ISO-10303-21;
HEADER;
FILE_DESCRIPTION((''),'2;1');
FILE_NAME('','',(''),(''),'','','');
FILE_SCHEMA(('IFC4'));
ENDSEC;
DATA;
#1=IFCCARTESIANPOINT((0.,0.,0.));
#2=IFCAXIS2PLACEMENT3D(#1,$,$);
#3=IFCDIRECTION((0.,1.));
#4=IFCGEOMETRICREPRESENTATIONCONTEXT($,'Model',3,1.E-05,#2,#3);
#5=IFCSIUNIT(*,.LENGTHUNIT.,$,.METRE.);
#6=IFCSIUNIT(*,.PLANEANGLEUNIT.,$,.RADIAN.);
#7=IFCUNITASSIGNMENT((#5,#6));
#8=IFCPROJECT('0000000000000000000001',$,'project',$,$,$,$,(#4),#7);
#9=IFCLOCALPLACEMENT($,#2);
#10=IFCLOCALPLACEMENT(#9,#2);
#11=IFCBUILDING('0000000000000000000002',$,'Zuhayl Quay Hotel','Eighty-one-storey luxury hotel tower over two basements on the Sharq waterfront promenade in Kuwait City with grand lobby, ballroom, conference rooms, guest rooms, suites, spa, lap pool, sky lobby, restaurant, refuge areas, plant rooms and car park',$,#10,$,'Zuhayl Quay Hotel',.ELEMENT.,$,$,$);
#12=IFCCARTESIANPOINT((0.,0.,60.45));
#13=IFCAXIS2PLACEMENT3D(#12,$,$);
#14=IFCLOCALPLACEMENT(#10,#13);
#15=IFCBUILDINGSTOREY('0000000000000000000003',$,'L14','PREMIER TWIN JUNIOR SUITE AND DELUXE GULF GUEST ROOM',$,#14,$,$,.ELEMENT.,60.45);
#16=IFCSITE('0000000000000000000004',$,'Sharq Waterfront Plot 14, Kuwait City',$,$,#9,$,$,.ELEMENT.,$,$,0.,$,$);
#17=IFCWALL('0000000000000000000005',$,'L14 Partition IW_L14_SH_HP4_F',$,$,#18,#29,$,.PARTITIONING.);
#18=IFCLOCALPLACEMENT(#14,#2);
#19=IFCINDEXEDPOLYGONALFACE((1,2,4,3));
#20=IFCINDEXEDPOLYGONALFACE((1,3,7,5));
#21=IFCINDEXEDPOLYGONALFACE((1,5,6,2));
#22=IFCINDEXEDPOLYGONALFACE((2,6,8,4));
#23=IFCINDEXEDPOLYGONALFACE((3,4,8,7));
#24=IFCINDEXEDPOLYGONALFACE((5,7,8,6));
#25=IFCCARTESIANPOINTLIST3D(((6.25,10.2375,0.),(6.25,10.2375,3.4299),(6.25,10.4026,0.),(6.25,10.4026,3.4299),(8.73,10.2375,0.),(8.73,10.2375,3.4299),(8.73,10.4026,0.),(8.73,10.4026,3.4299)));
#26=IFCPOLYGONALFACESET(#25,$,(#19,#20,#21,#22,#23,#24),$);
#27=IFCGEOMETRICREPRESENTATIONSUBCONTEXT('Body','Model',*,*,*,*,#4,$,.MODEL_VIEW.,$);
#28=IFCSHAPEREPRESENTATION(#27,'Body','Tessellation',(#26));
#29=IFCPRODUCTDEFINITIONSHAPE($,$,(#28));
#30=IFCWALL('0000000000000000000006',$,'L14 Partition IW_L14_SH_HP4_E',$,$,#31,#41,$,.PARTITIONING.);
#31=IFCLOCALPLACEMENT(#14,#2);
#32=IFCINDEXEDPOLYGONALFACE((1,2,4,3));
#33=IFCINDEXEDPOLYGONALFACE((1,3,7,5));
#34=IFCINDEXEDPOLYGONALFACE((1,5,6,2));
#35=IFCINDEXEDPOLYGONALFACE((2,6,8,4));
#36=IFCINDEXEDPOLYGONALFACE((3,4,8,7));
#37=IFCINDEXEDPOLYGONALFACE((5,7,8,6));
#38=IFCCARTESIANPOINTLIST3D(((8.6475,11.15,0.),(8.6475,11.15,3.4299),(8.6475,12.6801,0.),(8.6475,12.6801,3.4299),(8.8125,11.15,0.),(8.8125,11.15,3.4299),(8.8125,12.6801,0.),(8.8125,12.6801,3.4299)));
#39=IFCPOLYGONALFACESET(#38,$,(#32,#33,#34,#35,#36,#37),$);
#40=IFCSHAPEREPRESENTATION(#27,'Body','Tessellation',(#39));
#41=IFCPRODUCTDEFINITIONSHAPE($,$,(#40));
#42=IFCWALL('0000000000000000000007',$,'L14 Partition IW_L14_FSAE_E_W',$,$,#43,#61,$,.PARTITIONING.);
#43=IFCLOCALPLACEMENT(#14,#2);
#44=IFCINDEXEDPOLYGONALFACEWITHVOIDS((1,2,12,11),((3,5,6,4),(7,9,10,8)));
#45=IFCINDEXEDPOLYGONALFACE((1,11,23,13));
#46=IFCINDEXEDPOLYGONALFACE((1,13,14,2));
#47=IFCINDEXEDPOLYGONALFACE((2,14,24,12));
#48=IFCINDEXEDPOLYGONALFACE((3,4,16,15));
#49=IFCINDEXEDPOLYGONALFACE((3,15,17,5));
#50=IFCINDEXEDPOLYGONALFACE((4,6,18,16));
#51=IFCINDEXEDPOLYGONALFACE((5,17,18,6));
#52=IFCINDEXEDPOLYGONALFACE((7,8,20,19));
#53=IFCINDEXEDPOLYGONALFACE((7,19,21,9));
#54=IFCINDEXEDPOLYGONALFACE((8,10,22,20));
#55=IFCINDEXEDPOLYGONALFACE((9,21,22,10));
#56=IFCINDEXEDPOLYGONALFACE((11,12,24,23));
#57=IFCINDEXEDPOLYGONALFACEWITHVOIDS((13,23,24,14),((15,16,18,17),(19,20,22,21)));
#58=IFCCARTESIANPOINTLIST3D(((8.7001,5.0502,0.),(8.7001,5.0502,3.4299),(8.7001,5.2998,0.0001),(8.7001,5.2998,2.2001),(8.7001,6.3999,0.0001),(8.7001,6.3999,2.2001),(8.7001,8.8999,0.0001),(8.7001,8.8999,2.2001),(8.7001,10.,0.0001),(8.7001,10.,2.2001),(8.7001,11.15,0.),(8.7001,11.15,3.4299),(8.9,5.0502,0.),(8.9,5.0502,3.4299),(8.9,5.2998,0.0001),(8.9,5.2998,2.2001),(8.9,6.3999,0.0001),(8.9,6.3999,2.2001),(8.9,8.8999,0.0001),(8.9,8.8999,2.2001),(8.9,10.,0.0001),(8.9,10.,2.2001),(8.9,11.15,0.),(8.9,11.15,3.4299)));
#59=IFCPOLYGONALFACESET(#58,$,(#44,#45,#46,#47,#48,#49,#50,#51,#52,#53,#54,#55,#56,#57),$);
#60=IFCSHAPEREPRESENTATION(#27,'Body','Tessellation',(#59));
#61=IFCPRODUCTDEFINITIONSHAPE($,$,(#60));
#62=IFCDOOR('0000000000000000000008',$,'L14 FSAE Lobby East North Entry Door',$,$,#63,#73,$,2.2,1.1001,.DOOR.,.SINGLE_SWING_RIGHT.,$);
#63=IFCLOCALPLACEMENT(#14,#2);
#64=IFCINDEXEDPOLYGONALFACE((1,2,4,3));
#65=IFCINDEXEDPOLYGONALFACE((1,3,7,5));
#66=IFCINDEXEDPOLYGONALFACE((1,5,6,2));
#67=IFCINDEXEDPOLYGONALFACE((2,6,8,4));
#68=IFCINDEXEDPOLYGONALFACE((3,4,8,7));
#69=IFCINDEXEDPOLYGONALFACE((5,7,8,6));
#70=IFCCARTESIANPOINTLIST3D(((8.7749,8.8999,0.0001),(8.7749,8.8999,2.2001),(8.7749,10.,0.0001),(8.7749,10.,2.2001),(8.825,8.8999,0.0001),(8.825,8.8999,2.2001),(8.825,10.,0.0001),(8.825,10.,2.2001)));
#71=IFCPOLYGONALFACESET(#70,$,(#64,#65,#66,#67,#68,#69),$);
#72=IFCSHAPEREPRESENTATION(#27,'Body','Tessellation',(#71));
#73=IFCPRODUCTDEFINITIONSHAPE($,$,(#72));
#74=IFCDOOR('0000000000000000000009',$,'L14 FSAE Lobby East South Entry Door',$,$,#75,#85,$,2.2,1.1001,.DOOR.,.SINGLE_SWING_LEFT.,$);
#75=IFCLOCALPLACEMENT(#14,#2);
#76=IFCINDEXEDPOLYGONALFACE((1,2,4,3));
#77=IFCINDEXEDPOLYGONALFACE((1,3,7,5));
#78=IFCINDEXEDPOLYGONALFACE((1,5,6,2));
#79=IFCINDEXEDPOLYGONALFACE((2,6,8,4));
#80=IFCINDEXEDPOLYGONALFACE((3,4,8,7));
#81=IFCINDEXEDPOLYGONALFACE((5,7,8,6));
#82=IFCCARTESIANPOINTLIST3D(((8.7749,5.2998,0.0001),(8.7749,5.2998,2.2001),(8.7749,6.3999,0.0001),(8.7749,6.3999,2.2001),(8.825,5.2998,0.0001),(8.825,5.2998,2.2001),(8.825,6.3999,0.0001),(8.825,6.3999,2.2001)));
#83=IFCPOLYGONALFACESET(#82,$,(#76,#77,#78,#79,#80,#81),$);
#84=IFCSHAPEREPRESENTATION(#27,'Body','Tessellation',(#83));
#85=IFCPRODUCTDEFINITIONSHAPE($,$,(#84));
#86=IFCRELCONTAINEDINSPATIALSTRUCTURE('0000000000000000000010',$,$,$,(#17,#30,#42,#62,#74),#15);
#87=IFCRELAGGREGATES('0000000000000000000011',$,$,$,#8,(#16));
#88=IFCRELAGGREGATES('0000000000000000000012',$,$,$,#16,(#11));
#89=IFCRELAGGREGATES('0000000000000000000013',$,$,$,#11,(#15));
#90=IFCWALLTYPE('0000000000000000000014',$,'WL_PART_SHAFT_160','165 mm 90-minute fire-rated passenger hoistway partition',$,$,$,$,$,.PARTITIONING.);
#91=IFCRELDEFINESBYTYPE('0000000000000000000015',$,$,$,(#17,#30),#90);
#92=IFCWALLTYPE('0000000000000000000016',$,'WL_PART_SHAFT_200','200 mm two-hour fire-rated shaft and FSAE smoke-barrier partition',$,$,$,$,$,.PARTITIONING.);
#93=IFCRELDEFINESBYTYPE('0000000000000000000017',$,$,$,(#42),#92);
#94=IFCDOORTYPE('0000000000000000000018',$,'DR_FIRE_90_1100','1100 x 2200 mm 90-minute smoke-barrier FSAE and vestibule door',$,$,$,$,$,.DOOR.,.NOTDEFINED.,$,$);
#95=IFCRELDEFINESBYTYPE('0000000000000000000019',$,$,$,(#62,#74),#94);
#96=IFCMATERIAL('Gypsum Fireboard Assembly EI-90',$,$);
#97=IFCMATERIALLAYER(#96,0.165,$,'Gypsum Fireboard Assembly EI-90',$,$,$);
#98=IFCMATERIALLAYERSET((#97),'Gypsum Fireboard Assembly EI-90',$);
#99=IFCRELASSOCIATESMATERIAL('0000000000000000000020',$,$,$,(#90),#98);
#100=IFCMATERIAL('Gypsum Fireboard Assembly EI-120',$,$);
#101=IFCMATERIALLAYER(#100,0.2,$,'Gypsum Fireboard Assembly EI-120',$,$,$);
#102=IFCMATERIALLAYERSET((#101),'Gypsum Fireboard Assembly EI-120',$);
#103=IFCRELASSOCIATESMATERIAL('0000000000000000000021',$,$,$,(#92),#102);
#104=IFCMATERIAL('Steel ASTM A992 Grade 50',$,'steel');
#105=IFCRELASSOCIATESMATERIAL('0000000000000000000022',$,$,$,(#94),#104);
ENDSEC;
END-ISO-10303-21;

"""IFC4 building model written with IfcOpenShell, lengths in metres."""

from ifc_helpers import new_model, si_unit, direction, frame, frame_2d, origin, place, context, subcontext, project, spatial, rectangle, extrude, material, layer, layer_set, type_object, element, fill, save


model = new_model("IFC4")

# Units and contexts
model_context = context("Model", 3, precision=1e-05, world=origin(), true_north=direction((0.0, 1.0)))
body_context = subcontext(model_context, "Body", "Model", "MODEL_VIEW")
ifc_project = project(units=[si_unit("LENGTHUNIT", "METRE"), si_unit("PLANEANGLEUNIT", "RADIAN")], contexts=[model_context])

# Site, building, storey
site_placement = place(None, origin())
site = spatial("IfcSite", under=ifc_project, at=site_placement, Name="Sharq Waterfront Plot 14, Kuwait City", CompositionType="ELEMENT", RefElevation=0.0)
building_placement = place(site_placement, origin())
building = spatial("IfcBuilding", under=site, at=building_placement, Name="Zuhayl Quay Hotel", Description="Eighty-one-storey luxury hotel tower over two basements on the Sharq waterfront promenade in Kuwait City with grand lobby, ballroom, conference rooms, guest rooms, suites, spa, lap pool, sky lobby, restaurant, refuge areas, plant rooms and car park", LongName="Zuhayl Quay Hotel", CompositionType="ELEMENT")
storey_placement = place(building_placement, frame((0.0, 0.0, 60.45)))
storey = spatial("IfcBuildingStorey", under=building, at=storey_placement, Name="L14", Description="PREMIER TWIN JUNIOR SUITE AND DELUXE GULF GUEST ROOM", CompositionType="ELEMENT", Elevation=60.45)

# Shared definitions
ifc_material_1 = material(Name="Steel ASTM A992 Grade 50", Category="steel")

# Shared definitions
ifc_material_2 = material(Name="Gypsum Fireboard Assembly EI-90")
ifc_layer_1 = layer(ifc_material_2, 0.165, Name="Gypsum Fireboard Assembly EI-90")
ifc_layer_set_1 = layer_set([ifc_layer_1], Name="Gypsum Fireboard Assembly EI-90")
wall_type_1 = type_object("IfcWallType", Name="WL_PART_SHAFT_160", Description="165 mm 90-minute fire-rated passenger hoistway partition", PredefinedType="PARTITIONING", material=ifc_layer_set_1)

# Walls
wall_1_placement = place(storey_placement, frame((6.25, 10.3201, 0.0), z_axis=(0.0, 0.0, 1.0), x_axis=(1.0, 0.0, 0.0)))
element("IfcWall", 1, at=wall_1_placement, inside=storey, type_object=wall_type_1, Name="L14 Partition IW_L14_SH_HP4_F", PredefinedType="PARTITIONING", context=body_context, shape_type="SweptSolid", body=[
    extrude(rectangle(XDim=2.48, YDim=0.165, at=frame_2d((1.24, 0.0))), origin(), (0.0, 0.0, 1.0), 3.4299),
])
wall_2_placement = place(storey_placement, frame((8.73, 11.1499, 0.0), z_axis=(0.0, 0.0, 1.0), x_axis=(0.0, 1.0, 0.0)))
element("IfcWall", 2, at=wall_2_placement, inside=storey, type_object=wall_type_1, Name="L14 Partition IW_L14_SH_HP4_E", PredefinedType="PARTITIONING", context=body_context, shape_type="SweptSolid", body=[
    extrude(rectangle(XDim=1.53, YDim=0.165, at=frame_2d((0.7651, 0.0))), origin(), (0.0, 0.0, 1.0), 3.4299),
])

# Wall, openings, doors
ifc_material_3 = material(Name="Gypsum Fireboard Assembly EI-120")
ifc_layer_2 = layer(ifc_material_3, 0.2, Name="Gypsum Fireboard Assembly EI-120")
ifc_layer_set_2 = layer_set([ifc_layer_2], Name="Gypsum Fireboard Assembly EI-120")
wall_type_2 = type_object("IfcWallType", Name="WL_PART_SHAFT_200", Description="200 mm two-hour fire-rated shaft and FSAE smoke-barrier partition", PredefinedType="PARTITIONING", material=ifc_layer_set_2)
wall_3_placement = place(storey_placement, frame((8.8, 11.1499, 0.0), z_axis=(0.0, 0.0, 1.0), x_axis=(0.0, -1.0, 0.0)))
wall_3 = element("IfcWall", 3, at=wall_3_placement, inside=storey, type_object=wall_type_2, Name="L14 Partition IW_L14_FSAE_E_W", PredefinedType="PARTITIONING", context=body_context, shape_type="SweptSolid", body=[
    extrude(rectangle(XDim=6.0999, YDim=0.2, at=frame_2d((3.0498, 0.0))), origin(), (0.0, 0.0, 1.0), 3.4299),
])
opening_1_placement = place(wall_3_placement, frame((1.1499, 0.0, 0.0)))
opening_1 = element("IfcOpeningElement", 4, at=opening_1_placement, cuts=wall_3, PredefinedType="OPENING", context=body_context, shape_type="SweptSolid", body=[
    extrude(rectangle(XDim=1.1001, YDim=2.2, at=frame_2d((0.55, 1.1001))), frame((0.0, 0.1099, 0.0), z_axis=(0.0, -1.0, 0.0), x_axis=(1.0, 0.0, 0.0)), (0.0, 0.0, 1.0), 0.22),
])
opening_2_placement = place(wall_3_placement, frame((4.75, 0.0, 0.0)))
opening_2 = element("IfcOpeningElement", 5, at=opening_2_placement, cuts=wall_3, PredefinedType="OPENING", context=body_context, shape_type="SweptSolid", body=[
    extrude(rectangle(XDim=1.1001, YDim=2.2, at=frame_2d((0.55, 1.1001))), frame((0.0, 0.1099, 0.0), z_axis=(0.0, -1.0, 0.0), x_axis=(1.0, 0.0, 0.0)), (0.0, 0.0, 1.0), 0.22),
])
door_type_1 = type_object("IfcDoorType", Name="DR_FIRE_90_1100", Description="1100 x 2200 mm 90-minute smoke-barrier FSAE and vestibule door", OperationType="NOTDEFINED", PredefinedType="DOOR", material=ifc_material_1)
door_1_placement = place(opening_1_placement, origin())
door_1 = element("IfcDoor", 6, at=door_1_placement, inside=storey, type_object=door_type_1, Name="L14 FSAE Lobby East North Entry Door", OperationType="SINGLE_SWING_RIGHT", OverallHeight=2.2, OverallWidth=1.1001, PredefinedType="DOOR", context=body_context, shape_type="SweptSolid", body=[
    extrude(rectangle(XDim=1.1001, YDim=2.2, at=frame_2d((0.55, 1.1001))), frame((0.0, 0.0249, 0.0), z_axis=(0.0, -1.0, 0.0), x_axis=(1.0, 0.0, 0.0)), (0.0, 0.0, 1.0), 0.05),
])
fill(opening_1, door_1)
door_2_placement = place(opening_2_placement, origin())
door_2 = element("IfcDoor", 7, at=door_2_placement, inside=storey, type_object=door_type_1, Name="L14 FSAE Lobby East South Entry Door", OperationType="SINGLE_SWING_LEFT", OverallHeight=2.2, OverallWidth=1.1001, PredefinedType="DOOR", context=body_context, shape_type="SweptSolid", body=[
    extrude(rectangle(XDim=1.1001, YDim=2.2, at=frame_2d((0.55, 1.1001))), frame((0.0, 0.0249, 0.0), z_axis=(0.0, -1.0, 0.0), x_axis=(1.0, 0.0, 0.0)), (0.0, 0.0, 1.0), 0.05),
])
fill(opening_2, door_2)

save(model, "model.ifc")
